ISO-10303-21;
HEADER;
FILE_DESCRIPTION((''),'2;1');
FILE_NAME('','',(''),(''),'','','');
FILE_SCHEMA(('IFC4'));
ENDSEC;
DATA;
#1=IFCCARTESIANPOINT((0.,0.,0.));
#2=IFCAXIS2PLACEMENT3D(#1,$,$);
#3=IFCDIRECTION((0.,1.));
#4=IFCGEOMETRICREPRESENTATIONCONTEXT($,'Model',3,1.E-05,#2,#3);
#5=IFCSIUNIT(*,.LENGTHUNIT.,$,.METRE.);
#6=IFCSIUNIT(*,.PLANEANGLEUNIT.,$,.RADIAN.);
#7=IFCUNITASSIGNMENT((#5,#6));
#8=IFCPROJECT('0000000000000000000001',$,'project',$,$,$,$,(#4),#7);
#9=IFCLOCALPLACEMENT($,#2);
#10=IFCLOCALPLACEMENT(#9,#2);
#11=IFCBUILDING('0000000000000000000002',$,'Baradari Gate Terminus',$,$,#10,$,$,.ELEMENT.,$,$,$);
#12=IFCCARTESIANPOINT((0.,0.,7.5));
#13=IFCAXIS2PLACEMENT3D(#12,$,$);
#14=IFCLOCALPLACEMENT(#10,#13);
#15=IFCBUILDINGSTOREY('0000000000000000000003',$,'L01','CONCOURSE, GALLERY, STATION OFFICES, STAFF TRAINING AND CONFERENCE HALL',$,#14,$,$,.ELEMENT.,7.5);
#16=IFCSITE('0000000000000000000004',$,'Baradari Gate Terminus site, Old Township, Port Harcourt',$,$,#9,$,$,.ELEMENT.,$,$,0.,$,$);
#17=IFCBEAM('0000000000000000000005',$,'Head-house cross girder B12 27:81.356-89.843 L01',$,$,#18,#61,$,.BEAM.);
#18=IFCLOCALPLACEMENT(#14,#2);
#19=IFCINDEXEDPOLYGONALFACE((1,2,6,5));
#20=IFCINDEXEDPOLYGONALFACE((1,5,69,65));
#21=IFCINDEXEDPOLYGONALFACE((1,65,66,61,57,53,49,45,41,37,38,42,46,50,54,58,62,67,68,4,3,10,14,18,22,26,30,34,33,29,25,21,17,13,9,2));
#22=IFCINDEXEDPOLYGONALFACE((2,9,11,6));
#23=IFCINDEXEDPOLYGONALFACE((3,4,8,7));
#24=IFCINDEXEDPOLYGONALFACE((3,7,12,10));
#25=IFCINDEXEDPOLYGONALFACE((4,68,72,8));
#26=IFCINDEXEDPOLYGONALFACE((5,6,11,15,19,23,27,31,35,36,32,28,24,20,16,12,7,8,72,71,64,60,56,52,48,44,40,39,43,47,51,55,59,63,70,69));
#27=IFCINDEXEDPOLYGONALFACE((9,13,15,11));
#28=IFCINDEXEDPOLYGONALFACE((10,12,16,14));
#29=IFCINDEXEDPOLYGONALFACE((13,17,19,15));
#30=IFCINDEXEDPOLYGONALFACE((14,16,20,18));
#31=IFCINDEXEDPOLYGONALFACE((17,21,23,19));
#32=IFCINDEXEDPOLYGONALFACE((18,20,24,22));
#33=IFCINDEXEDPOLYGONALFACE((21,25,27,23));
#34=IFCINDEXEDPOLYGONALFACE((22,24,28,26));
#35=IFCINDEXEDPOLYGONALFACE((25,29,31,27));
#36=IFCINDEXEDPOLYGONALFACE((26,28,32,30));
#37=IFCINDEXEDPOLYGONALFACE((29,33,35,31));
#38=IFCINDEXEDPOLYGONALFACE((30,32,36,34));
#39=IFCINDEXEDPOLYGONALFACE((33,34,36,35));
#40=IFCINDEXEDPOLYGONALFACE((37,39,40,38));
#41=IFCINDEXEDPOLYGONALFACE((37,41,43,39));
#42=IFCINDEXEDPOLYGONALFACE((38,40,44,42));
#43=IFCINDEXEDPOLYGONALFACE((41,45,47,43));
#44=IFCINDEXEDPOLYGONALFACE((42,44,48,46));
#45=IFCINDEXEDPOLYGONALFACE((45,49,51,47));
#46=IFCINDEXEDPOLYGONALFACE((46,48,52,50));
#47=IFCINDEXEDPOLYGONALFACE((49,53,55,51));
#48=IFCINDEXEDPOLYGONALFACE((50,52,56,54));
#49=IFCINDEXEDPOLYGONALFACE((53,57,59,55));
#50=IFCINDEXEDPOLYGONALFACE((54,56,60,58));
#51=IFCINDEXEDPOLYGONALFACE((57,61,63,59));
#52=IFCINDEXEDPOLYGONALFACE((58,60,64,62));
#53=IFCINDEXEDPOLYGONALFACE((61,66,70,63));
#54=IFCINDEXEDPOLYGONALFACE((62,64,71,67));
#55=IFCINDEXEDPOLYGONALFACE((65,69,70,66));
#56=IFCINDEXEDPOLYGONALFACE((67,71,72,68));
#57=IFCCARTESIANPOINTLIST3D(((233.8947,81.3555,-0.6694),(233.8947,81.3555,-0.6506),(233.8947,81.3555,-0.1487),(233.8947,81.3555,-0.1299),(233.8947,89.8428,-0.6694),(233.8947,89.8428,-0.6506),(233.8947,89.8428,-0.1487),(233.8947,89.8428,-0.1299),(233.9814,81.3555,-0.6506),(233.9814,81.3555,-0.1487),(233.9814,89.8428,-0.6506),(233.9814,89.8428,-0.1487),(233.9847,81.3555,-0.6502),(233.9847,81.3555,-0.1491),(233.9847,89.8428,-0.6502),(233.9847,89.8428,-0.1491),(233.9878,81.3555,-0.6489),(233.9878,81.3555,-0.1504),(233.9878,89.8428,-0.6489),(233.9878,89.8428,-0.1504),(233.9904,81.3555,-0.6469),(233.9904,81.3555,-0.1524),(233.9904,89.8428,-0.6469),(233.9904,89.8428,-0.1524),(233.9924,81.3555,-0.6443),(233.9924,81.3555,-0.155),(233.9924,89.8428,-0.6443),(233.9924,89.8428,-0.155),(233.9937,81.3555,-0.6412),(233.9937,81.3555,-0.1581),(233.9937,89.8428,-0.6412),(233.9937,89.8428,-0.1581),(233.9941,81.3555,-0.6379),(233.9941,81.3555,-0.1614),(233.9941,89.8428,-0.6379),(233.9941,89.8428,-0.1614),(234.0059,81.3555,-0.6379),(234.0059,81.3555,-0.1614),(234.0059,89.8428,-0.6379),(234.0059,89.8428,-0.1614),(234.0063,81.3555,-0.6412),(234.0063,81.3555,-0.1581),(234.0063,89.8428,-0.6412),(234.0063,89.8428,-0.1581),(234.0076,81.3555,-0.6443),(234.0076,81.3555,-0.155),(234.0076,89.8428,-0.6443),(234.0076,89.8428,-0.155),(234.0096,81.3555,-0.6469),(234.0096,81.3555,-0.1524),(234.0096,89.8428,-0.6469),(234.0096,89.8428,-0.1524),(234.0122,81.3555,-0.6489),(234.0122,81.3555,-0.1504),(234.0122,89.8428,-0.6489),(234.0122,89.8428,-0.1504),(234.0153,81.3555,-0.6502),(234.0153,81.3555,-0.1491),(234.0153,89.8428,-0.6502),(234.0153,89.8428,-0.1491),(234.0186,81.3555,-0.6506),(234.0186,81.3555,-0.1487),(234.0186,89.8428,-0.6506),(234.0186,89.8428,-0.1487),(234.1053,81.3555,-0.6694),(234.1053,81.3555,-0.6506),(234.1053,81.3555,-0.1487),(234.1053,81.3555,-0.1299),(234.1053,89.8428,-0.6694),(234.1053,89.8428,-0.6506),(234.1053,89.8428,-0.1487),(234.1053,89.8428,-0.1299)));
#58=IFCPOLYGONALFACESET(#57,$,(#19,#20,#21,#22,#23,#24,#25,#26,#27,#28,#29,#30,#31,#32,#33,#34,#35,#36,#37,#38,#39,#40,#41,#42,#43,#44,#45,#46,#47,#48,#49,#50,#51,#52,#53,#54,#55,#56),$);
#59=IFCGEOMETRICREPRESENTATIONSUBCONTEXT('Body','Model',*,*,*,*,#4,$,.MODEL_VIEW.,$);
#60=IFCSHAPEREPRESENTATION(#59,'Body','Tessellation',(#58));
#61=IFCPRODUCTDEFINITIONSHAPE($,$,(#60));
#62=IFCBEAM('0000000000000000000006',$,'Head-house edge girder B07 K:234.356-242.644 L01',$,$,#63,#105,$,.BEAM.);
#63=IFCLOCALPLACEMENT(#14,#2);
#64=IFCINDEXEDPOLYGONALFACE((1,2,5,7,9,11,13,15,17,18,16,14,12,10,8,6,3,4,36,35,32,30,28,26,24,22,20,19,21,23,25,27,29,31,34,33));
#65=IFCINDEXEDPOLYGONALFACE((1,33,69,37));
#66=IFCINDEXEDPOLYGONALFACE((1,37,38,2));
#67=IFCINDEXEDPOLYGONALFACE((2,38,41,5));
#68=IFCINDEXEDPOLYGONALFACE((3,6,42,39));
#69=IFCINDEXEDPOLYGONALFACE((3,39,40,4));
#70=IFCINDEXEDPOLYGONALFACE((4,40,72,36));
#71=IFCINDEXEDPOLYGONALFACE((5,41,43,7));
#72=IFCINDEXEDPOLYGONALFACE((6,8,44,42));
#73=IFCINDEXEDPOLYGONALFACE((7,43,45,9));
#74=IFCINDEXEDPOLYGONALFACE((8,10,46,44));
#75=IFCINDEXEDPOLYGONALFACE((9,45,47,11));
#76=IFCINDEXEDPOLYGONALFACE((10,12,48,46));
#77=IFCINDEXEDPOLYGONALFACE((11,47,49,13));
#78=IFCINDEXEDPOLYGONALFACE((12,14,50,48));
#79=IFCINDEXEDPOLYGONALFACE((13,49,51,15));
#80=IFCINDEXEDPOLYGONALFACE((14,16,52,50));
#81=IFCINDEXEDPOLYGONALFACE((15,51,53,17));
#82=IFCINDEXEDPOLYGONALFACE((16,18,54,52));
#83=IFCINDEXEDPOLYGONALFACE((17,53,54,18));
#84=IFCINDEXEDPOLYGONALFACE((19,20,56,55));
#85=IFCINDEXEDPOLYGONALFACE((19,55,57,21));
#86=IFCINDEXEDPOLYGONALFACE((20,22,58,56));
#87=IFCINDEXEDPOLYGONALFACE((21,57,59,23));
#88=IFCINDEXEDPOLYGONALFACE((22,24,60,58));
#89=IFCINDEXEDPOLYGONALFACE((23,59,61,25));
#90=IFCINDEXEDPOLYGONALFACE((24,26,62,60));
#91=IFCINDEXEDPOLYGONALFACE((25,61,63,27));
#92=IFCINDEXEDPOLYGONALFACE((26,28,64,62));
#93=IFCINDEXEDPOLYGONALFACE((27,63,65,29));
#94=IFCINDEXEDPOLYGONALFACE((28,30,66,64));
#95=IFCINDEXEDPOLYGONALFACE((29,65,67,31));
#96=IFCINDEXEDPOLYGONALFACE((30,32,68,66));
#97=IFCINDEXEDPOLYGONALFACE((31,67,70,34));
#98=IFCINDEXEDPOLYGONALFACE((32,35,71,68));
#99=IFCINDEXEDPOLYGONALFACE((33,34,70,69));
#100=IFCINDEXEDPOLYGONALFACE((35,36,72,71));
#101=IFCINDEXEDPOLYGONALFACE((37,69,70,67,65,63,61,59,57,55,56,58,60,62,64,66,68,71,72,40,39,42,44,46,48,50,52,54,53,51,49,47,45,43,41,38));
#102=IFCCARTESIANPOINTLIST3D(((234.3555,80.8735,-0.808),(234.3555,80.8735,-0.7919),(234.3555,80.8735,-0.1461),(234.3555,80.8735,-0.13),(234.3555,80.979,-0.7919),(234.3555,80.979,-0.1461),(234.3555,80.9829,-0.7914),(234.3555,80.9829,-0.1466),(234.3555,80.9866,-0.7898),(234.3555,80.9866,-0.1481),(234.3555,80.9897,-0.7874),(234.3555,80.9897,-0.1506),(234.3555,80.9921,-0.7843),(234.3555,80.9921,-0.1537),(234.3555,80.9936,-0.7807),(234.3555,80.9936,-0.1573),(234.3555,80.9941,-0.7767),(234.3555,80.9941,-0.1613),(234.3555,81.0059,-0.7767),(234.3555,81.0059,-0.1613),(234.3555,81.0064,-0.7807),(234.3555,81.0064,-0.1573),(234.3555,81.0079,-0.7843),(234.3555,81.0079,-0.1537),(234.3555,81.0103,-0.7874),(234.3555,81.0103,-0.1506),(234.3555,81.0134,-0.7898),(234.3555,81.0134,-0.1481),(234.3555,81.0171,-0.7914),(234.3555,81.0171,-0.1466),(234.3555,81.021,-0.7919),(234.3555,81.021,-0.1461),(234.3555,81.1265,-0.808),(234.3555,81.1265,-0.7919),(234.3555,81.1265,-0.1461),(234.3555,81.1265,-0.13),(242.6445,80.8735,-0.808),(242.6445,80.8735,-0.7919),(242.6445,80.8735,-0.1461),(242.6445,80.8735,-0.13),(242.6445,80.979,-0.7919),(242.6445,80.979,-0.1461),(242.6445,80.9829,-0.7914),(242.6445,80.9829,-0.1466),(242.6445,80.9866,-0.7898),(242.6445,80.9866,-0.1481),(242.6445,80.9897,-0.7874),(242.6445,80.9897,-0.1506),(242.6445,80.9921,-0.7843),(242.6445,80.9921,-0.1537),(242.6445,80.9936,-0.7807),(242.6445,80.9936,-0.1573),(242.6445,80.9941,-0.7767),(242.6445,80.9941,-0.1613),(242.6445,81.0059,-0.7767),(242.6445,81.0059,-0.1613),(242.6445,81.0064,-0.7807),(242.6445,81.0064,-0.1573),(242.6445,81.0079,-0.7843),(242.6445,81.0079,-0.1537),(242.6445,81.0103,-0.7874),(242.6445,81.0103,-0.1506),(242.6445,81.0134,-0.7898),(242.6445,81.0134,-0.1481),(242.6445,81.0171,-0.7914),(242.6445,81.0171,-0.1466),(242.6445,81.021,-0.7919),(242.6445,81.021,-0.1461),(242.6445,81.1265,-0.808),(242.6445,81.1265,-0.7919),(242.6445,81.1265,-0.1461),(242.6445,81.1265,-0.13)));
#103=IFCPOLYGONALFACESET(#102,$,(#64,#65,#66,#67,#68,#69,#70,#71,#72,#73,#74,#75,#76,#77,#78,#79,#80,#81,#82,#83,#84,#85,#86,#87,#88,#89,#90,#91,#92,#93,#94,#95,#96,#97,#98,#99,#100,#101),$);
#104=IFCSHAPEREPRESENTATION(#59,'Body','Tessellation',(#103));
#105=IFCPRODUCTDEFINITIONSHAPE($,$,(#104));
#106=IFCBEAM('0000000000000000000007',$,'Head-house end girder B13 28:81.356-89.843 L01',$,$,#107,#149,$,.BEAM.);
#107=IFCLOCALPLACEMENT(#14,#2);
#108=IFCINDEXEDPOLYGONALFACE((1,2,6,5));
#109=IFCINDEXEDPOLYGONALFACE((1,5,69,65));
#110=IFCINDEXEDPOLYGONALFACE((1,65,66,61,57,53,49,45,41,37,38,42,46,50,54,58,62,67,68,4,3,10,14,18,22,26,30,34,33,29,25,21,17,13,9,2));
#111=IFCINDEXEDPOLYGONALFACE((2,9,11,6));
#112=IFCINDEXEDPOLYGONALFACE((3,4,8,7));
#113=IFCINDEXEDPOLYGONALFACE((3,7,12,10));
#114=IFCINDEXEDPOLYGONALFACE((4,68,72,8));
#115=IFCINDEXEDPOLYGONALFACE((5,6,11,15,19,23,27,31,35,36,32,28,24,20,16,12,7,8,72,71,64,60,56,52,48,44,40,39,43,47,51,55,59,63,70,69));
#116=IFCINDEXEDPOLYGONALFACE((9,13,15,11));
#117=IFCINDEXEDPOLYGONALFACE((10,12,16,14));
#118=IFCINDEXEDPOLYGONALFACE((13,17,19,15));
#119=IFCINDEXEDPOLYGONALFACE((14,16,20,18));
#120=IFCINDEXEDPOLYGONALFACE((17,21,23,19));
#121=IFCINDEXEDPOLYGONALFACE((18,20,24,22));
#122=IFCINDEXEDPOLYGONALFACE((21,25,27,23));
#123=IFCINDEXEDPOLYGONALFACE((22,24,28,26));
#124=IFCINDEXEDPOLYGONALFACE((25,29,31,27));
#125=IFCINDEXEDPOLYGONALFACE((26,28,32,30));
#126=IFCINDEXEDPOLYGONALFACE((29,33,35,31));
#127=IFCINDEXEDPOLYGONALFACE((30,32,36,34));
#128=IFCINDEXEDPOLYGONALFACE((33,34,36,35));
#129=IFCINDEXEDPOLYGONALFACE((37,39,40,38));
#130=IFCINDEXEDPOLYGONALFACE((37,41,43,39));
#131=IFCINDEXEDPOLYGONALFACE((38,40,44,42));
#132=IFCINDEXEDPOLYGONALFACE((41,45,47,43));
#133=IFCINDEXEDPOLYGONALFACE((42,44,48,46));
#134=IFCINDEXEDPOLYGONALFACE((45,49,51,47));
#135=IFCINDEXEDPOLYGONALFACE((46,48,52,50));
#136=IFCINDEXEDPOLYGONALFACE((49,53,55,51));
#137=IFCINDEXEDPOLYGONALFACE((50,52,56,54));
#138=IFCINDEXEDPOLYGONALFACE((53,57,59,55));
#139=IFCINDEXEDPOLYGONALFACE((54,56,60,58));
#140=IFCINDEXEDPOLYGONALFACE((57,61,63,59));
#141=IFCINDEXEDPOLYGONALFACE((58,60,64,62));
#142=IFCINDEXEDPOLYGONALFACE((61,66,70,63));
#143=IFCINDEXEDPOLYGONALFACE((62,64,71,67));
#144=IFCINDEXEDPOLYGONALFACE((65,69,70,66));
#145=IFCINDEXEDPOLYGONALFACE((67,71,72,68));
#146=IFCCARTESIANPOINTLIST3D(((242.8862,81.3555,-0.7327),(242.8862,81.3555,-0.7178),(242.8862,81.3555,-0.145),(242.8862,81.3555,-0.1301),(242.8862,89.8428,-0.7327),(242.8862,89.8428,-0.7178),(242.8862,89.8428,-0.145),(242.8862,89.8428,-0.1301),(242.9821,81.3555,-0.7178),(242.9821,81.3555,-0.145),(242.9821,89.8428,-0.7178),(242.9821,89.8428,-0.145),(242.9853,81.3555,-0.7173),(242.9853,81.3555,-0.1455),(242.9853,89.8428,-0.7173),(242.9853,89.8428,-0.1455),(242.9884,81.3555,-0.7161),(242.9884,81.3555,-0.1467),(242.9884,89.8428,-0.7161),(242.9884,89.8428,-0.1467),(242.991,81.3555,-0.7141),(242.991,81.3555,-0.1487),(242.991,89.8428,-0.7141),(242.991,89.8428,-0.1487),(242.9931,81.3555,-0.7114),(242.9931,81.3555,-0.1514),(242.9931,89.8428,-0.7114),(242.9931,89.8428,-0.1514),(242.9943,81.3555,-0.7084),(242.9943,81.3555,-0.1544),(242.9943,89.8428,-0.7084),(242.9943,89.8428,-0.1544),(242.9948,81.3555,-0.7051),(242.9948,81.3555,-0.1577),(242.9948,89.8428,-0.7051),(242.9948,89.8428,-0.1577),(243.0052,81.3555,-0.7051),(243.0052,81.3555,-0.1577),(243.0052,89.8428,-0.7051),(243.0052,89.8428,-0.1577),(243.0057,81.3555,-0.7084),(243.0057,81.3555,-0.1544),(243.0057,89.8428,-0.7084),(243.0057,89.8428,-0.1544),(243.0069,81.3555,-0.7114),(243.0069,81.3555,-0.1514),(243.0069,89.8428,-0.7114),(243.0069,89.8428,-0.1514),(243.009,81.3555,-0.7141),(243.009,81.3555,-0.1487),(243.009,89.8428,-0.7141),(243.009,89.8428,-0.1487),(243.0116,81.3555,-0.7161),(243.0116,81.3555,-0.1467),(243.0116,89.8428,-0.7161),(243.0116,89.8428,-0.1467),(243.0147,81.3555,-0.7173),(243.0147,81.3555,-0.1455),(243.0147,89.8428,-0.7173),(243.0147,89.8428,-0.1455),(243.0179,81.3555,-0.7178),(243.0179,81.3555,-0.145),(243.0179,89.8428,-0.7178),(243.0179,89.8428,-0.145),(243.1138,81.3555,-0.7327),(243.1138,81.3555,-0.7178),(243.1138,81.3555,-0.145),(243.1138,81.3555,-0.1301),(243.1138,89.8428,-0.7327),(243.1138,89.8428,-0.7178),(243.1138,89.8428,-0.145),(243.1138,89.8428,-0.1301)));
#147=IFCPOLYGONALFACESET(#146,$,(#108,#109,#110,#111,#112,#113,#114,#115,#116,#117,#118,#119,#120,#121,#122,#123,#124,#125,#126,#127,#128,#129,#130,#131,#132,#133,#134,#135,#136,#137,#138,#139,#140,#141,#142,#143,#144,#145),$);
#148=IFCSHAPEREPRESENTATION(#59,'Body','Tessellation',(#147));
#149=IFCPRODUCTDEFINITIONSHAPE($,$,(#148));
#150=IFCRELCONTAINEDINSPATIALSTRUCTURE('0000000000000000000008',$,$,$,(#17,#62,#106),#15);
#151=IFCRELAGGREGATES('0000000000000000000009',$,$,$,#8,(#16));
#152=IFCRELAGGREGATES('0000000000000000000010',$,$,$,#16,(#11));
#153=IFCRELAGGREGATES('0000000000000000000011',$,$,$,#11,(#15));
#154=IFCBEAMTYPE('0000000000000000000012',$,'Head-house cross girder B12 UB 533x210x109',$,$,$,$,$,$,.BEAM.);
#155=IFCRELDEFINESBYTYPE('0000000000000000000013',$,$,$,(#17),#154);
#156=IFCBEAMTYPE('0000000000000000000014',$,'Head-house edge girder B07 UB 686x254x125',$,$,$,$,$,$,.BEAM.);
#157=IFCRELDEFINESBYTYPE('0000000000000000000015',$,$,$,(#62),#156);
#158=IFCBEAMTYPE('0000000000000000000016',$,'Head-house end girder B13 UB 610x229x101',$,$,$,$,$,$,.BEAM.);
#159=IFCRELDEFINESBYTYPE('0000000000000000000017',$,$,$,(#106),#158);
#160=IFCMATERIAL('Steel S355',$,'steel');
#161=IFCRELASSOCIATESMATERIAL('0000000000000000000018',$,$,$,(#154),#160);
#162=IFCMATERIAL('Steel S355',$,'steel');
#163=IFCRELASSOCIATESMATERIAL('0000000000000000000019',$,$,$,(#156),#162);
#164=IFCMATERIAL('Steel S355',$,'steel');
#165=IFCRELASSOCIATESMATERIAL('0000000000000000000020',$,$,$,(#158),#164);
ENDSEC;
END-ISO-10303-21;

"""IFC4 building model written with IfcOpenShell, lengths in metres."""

from ifc_helpers import new_model, si_unit, direction, frame, origin, origin_2d, place, context, subcontext, project, spatial, i_section, extrude, material, material_profile, profile_set, type_object, element, save


model = new_model("IFC4")

# Units and contexts
model_context = context("Model", 3, precision=1e-05, world=origin(), true_north=direction((0.0, 1.0)))
body_context = subcontext(model_context, "Body", "Model", "MODEL_VIEW")
ifc_project = project(units=[si_unit("LENGTHUNIT", "METRE"), si_unit("PLANEANGLEUNIT", "RADIAN")], contexts=[model_context])

# Site, building, storey
site_placement = place(None, origin())
site = spatial("IfcSite", under=ifc_project, at=site_placement, Name="Baradari Gate Terminus site, Old Township, Port Harcourt", CompositionType="ELEMENT", RefElevation=0.0)
building_placement = place(site_placement, origin())
building = spatial("IfcBuilding", under=site, at=building_placement, Name="Baradari Gate Terminus", CompositionType="ELEMENT")
storey_placement = place(building_placement, frame((0.0, 0.0, 7.5)))
storey = spatial("IfcBuildingStorey", under=building, at=storey_placement, Name="L01", Description="CONCOURSE, GALLERY, STATION OFFICES, STAFF TRAINING AND CONFERENCE HALL", CompositionType="ELEMENT", Elevation=7.5)

# Beams
ifc_material_1 = material(Name="Steel S355", Category="steel")
ifc_material_profile_1 = material_profile(ifc_material_1, i_section(OverallWidth=0.2107, OverallDepth=0.5396, WebThickness=0.0117, FlangeThickness=0.0188, FilletRadius=0.0127, at=origin_2d()), Name="UB 533x210x109")
ifc_profile_set_1 = profile_set([ifc_material_profile_1], Name="Steel S355")
beam_type_1 = type_object("IfcBeamType", Name="Head-house cross girder B12 UB 533x210x109", PredefinedType="BEAM", material=ifc_profile_set_1)
beam_1_placement = place(storey_placement, frame((234.0, 81.3555, -0.3997), z_axis=(0.0, 1.0, 0.0), x_axis=(-1.0, 0.0, 0.0)))
element("IfcBeam", 1, at=beam_1_placement, inside=storey, type_object=beam_type_1, Name="Head-house cross girder B12 27:81.356-89.843 L01", PredefinedType="BEAM", context=body_context, shape_type="SweptSolid", body=[
    extrude(i_section(OverallWidth=0.2107, OverallDepth=0.5396, WebThickness=0.0117, FlangeThickness=0.0188, FilletRadius=0.0127, at=origin_2d()), origin(), (0.0, 0.0, 1.0), 8.4873),
])
ifc_material_2 = material(Name="Steel S355", Category="steel")
ifc_material_profile_2 = material_profile(ifc_material_2, i_section(OverallWidth=0.2529, OverallDepth=0.678, WebThickness=0.0117, FlangeThickness=0.0161, FilletRadius=0.0151, at=origin_2d()), Name="UB 686x254x125")
ifc_profile_set_2 = profile_set([ifc_material_profile_2], Name="Steel S355")
beam_type_2 = type_object("IfcBeamType", Name="Head-house edge girder B07 UB 686x254x125", PredefinedType="BEAM", material=ifc_profile_set_2)
beam_2_placement = place(storey_placement, frame((234.3555, 81.0, -0.469), z_axis=(1.0, 0.0, 0.0), x_axis=(0.0, 1.0, 0.0)))
element("IfcBeam", 2, at=beam_2_placement, inside=storey, type_object=beam_type_2, Name="Head-house edge girder B07 K:234.356-242.644 L01", PredefinedType="BEAM", context=body_context, shape_type="SweptSolid", body=[
    extrude(i_section(OverallWidth=0.2529, OverallDepth=0.678, WebThickness=0.0117, FlangeThickness=0.0161, FilletRadius=0.0151, at=origin_2d()), origin(), (0.0, 0.0, 1.0), 8.2891),
])
ifc_material_3 = material(Name="Steel S355", Category="steel")
ifc_material_profile_3 = material_profile(ifc_material_3, i_section(OverallWidth=0.2275, OverallDepth=0.6025, WebThickness=0.0105, FlangeThickness=0.0149, FilletRadius=0.0127, at=origin_2d()), Name="UB 610x229x101")
ifc_profile_set_3 = profile_set([ifc_material_profile_3], Name="Steel S355")
beam_type_3 = type_object("IfcBeamType", Name="Head-house end girder B13 UB 610x229x101", PredefinedType="BEAM", material=ifc_profile_set_3)
beam_3_placement = place(storey_placement, frame((243.0, 81.3555, -0.4314), z_axis=(0.0, 1.0, 0.0), x_axis=(-1.0, 0.0, 0.0)))
element("IfcBeam", 3, at=beam_3_placement, inside=storey, type_object=beam_type_3, Name="Head-house end girder B13 28:81.356-89.843 L01", PredefinedType="BEAM", context=body_context, shape_type="SweptSolid", body=[
    extrude(i_section(OverallWidth=0.2275, OverallDepth=0.6025, WebThickness=0.0105, FlangeThickness=0.0149, FilletRadius=0.0127, at=origin_2d()), origin(), (0.0, 0.0, 1.0), 8.4873),
])

save(model, "model.ifc")
